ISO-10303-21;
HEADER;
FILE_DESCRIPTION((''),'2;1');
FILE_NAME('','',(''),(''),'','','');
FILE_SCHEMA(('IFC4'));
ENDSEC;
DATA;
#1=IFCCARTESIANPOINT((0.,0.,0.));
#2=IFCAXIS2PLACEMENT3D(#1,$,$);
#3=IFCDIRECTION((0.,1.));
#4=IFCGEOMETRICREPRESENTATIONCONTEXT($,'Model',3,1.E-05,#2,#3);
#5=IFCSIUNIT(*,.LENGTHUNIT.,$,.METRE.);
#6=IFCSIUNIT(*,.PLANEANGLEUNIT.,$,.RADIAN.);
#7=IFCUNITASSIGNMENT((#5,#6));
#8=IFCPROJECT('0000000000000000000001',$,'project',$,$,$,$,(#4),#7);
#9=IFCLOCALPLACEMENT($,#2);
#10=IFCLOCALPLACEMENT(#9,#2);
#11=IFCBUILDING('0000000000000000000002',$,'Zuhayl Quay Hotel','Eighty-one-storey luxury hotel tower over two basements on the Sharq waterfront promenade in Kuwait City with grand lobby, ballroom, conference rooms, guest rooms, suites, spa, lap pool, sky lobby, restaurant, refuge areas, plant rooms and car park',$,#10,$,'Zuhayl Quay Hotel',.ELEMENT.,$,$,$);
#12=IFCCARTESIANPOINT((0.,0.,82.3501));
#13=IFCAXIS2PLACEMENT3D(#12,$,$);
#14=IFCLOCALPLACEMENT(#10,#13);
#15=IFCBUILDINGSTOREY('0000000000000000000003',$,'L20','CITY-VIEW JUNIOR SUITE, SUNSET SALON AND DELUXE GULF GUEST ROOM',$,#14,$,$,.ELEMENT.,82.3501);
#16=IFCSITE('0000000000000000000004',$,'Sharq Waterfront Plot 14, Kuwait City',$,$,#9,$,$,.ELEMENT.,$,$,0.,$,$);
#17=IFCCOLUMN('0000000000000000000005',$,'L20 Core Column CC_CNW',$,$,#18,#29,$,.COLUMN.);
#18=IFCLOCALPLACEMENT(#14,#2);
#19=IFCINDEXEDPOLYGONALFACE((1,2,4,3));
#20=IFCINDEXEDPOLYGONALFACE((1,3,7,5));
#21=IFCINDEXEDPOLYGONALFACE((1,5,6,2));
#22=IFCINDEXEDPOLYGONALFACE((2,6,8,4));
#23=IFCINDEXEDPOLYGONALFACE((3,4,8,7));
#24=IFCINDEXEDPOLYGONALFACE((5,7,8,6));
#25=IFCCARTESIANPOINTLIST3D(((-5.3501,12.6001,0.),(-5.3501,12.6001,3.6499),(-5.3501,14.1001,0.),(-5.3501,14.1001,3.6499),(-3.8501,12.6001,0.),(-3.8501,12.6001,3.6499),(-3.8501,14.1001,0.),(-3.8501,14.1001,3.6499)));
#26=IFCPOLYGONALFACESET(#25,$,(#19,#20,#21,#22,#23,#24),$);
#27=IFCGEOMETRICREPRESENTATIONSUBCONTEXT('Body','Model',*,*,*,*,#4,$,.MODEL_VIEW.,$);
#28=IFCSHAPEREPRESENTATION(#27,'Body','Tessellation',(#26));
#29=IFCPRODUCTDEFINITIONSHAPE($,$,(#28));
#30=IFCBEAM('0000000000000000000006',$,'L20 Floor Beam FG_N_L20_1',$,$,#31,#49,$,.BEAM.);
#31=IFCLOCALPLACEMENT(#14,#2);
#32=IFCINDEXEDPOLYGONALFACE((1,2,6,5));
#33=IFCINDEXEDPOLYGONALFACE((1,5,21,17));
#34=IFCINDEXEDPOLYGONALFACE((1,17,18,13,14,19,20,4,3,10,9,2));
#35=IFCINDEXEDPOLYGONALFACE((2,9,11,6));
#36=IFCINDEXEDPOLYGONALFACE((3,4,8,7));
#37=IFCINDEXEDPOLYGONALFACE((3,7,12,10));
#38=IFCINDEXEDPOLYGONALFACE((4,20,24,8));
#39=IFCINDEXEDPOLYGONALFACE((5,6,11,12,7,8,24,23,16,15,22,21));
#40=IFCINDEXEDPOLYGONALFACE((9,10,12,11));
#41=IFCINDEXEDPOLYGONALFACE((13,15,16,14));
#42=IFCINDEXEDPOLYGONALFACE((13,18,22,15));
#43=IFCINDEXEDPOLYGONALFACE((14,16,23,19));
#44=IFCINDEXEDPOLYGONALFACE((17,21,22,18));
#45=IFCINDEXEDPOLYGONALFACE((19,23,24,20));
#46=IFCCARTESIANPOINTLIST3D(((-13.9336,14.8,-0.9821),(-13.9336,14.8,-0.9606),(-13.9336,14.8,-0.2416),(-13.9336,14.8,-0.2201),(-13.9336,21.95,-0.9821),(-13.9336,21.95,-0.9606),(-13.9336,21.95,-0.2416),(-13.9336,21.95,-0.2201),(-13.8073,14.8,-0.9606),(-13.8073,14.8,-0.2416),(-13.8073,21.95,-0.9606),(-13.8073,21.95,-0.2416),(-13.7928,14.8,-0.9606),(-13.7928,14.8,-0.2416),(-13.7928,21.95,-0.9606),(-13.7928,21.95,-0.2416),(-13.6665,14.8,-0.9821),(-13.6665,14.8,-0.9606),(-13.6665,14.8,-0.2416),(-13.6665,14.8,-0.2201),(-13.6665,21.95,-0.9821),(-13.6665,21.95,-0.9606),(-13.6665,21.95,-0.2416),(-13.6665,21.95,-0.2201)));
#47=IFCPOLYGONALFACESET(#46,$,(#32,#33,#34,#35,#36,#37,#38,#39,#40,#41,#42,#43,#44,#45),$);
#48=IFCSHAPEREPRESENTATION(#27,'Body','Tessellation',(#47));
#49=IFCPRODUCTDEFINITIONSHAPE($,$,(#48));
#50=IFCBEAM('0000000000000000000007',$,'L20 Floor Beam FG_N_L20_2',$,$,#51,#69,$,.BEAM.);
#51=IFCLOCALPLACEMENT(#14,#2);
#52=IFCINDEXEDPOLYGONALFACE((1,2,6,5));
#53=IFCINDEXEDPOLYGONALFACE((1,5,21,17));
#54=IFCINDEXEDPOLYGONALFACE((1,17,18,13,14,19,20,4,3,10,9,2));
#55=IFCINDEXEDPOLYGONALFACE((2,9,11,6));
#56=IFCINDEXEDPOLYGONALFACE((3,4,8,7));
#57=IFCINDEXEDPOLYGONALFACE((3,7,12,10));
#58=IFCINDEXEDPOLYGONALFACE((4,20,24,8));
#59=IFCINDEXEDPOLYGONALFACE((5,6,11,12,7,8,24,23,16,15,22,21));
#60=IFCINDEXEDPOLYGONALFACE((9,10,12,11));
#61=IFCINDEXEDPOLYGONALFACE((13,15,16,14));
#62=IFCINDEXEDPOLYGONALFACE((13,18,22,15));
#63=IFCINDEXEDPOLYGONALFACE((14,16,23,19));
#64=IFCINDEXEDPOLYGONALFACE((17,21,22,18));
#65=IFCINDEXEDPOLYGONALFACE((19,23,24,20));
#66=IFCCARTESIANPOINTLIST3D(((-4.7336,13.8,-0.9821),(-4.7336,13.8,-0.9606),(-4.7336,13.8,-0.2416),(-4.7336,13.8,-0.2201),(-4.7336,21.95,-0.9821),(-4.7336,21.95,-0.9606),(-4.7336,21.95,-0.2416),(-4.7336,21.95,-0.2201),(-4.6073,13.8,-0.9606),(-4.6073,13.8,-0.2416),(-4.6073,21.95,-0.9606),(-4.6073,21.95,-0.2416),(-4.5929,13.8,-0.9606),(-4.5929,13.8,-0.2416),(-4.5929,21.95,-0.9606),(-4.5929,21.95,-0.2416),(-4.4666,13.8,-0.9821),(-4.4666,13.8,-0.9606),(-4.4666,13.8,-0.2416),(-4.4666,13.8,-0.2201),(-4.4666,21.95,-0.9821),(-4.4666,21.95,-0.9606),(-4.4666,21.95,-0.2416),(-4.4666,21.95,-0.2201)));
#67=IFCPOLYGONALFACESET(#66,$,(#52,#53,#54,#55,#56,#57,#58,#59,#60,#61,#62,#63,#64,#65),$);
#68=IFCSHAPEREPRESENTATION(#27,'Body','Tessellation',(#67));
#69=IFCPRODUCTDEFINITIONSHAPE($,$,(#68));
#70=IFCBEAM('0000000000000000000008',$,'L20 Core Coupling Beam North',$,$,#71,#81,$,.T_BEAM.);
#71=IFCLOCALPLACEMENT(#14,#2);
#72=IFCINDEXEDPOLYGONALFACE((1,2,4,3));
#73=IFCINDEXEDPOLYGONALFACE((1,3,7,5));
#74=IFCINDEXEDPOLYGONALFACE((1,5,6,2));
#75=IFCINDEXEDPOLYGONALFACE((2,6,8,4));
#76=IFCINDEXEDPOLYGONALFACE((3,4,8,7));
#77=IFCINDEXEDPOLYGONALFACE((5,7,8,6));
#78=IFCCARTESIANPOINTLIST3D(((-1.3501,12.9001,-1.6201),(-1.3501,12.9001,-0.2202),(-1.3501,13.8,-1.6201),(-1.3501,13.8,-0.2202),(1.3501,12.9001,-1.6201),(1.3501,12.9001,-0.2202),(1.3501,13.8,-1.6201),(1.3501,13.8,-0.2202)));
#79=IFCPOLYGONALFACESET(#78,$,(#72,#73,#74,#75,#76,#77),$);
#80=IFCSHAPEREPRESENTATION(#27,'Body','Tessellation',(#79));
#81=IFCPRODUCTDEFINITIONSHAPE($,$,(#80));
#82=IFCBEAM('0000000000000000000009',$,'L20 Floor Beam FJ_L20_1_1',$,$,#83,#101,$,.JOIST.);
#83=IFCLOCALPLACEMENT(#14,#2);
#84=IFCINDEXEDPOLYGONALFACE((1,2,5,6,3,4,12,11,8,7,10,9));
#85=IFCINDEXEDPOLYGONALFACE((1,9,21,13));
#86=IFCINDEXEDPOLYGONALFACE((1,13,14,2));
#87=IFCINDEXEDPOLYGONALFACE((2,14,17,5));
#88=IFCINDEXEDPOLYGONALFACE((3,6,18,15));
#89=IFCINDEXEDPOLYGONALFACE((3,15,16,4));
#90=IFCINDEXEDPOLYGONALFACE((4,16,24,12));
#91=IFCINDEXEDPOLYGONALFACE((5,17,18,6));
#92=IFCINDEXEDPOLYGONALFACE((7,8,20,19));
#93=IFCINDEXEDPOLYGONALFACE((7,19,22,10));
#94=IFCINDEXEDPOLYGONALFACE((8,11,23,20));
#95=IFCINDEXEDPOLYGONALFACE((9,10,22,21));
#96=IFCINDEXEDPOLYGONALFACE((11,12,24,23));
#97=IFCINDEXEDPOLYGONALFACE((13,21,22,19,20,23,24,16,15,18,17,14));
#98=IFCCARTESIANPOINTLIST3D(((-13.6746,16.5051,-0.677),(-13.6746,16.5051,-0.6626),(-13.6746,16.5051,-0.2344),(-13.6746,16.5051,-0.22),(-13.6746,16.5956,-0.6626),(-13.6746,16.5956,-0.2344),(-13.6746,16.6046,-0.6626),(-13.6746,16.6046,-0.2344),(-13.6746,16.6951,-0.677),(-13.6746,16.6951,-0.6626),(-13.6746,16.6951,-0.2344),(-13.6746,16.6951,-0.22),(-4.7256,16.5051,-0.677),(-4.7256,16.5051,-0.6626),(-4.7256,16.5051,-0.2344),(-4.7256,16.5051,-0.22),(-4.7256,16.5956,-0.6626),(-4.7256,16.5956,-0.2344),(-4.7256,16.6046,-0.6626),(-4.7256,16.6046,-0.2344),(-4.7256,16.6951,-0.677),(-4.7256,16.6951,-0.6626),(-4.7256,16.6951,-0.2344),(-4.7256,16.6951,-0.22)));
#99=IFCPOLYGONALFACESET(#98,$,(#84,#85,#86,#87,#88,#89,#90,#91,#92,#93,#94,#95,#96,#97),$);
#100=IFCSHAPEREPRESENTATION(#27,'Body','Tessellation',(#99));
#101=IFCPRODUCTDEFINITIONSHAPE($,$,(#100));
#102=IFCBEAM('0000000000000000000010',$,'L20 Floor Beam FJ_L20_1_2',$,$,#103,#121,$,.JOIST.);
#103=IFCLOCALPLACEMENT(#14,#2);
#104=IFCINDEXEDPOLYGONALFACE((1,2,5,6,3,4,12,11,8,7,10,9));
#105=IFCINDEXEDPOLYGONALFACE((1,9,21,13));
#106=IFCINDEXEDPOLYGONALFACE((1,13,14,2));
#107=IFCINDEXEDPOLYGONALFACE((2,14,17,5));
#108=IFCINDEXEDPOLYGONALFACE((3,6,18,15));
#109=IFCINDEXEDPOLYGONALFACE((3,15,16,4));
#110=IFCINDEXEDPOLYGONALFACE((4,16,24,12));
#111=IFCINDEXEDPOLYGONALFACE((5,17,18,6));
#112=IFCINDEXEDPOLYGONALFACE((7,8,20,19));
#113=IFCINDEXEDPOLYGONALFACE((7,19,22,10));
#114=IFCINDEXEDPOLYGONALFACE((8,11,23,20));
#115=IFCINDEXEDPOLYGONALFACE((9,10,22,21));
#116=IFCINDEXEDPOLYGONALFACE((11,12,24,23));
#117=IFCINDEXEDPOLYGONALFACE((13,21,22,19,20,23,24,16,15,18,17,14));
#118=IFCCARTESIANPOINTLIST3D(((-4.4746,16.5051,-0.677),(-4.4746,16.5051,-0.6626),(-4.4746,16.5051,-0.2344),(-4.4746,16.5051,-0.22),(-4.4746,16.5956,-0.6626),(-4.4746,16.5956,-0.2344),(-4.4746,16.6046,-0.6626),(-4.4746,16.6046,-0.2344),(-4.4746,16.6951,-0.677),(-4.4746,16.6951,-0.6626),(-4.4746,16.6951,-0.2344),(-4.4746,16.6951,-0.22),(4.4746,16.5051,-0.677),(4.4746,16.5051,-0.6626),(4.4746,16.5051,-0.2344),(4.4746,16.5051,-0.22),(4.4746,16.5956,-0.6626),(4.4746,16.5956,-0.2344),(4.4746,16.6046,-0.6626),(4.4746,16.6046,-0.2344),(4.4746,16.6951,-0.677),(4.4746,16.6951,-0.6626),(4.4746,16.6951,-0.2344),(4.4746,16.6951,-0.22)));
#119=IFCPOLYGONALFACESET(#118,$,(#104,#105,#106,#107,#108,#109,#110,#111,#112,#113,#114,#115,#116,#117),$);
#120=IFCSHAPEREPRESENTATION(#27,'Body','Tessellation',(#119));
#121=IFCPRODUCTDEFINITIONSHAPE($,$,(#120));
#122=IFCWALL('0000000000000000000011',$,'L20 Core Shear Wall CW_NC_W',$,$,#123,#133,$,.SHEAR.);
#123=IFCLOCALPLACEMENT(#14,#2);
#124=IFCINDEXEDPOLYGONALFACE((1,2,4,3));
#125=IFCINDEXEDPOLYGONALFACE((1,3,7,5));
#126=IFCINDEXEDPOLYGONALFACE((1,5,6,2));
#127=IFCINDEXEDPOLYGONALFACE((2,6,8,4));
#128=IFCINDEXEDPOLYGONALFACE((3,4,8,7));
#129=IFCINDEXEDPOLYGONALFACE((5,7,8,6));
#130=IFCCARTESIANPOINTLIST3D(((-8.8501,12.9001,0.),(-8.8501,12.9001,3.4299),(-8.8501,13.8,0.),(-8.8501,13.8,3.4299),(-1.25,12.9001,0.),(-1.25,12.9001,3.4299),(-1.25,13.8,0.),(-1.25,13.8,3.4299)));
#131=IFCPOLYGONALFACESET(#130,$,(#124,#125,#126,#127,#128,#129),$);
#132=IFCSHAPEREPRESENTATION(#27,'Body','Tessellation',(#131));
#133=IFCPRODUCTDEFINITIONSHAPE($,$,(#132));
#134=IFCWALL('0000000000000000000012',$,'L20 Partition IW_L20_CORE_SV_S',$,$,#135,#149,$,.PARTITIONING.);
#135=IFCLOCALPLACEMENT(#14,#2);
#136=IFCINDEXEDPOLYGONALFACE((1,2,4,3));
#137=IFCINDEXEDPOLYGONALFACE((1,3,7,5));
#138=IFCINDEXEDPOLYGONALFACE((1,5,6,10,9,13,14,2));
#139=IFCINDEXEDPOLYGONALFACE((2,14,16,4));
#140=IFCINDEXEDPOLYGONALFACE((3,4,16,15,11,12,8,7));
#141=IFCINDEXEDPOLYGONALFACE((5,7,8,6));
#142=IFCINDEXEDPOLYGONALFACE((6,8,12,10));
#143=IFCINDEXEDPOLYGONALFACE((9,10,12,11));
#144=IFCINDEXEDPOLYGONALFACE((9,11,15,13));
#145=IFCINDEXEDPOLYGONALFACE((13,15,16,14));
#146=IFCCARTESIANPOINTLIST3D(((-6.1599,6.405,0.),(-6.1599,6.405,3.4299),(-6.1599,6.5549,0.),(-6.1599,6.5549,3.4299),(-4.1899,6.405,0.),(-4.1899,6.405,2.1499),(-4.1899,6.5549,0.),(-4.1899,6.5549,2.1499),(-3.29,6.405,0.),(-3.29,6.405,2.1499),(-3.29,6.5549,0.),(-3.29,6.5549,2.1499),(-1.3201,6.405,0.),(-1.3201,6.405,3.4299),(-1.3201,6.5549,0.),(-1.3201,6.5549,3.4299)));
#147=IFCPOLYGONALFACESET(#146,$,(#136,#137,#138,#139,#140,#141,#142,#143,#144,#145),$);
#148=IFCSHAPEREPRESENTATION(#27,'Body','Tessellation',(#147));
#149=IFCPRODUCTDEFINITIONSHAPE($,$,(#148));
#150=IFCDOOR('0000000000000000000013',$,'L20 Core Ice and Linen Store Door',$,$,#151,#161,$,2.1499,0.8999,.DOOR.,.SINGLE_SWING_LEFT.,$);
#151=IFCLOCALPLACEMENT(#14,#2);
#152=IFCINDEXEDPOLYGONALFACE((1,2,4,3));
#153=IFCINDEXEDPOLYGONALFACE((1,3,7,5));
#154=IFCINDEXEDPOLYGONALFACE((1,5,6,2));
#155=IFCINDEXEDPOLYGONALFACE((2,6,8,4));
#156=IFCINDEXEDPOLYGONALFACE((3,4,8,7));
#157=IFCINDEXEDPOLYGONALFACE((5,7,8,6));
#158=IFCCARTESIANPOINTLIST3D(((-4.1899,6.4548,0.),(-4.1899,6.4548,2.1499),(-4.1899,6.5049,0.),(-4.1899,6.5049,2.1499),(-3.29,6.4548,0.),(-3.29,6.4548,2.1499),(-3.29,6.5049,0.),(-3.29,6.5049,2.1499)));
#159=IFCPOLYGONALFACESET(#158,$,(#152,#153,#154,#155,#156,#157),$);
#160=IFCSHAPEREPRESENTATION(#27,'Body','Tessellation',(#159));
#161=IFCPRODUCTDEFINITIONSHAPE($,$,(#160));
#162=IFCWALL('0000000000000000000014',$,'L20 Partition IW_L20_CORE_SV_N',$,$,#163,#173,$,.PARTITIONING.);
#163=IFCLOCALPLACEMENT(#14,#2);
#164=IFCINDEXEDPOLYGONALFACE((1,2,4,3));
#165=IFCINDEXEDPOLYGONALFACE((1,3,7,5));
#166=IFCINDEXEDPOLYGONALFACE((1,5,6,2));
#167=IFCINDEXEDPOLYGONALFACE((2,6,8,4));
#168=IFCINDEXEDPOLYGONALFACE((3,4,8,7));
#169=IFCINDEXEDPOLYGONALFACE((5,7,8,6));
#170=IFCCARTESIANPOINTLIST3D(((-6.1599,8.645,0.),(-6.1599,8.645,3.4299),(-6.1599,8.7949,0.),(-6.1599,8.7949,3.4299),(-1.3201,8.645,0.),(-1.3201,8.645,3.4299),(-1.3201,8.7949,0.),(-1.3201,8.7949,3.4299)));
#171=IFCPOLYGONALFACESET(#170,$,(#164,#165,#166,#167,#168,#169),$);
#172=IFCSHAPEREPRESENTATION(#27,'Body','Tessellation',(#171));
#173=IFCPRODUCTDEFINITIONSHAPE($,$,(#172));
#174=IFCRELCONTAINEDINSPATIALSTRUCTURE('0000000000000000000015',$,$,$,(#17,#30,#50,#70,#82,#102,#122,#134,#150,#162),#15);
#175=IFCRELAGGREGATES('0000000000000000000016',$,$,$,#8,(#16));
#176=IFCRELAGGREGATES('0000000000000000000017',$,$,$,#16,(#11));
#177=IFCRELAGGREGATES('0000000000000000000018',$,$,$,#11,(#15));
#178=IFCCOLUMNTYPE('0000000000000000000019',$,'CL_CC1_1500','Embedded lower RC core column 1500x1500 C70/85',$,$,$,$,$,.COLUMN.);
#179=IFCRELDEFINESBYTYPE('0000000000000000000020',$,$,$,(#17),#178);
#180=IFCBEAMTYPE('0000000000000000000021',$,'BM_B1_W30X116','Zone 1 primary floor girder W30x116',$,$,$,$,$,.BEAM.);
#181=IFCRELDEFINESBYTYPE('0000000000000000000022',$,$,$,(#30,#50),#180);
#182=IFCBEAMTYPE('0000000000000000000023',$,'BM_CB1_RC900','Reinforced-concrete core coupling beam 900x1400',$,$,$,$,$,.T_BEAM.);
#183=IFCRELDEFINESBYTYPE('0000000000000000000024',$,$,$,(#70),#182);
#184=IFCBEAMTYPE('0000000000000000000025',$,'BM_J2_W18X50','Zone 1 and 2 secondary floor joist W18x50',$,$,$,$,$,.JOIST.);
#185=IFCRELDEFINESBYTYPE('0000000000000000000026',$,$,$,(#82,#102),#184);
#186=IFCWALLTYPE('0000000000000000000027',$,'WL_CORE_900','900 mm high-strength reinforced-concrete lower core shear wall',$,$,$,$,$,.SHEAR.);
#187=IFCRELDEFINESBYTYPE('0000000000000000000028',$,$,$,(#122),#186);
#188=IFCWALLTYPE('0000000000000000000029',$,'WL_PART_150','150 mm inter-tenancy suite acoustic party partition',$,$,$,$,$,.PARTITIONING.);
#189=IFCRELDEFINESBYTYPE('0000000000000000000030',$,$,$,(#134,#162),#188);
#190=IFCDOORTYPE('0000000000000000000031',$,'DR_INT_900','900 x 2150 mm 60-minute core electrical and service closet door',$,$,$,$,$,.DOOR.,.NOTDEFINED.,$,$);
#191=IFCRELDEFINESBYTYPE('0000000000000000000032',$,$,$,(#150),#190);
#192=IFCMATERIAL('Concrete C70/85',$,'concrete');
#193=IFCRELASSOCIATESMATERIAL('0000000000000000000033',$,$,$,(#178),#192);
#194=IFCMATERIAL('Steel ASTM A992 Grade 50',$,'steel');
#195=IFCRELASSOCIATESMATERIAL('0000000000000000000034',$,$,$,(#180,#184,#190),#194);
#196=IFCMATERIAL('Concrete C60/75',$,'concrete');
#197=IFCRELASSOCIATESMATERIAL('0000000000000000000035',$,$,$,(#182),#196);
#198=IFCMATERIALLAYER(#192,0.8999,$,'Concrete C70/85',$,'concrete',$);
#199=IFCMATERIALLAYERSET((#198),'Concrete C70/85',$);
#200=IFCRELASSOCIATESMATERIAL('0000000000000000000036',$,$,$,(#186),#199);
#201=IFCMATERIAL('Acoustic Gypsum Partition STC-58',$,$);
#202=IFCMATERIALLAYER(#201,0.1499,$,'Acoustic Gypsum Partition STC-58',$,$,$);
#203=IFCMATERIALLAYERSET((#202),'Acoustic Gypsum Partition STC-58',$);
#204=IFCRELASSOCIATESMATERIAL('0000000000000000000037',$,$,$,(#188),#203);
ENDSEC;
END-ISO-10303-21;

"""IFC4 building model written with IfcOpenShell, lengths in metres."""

from ifc_helpers import new_model, si_unit, direction, frame, frame_2d, origin, origin_2d, place, context, subcontext, project, spatial, rectangle, i_section, extrude, material, layer, layer_set, material_profile, profile_set, type_object, element, fill, save


model = new_model("IFC4")

# Units and contexts
model_context = context("Model", 3, precision=1e-05, world=origin(), true_north=direction((0.0, 1.0)))
body_context = subcontext(model_context, "Body", "Model", "MODEL_VIEW")
ifc_project = project(units=[si_unit("LENGTHUNIT", "METRE"), si_unit("PLANEANGLEUNIT", "RADIAN")], contexts=[model_context])

# Site, building, storey
site_placement = place(None, origin())
site = spatial("IfcSite", under=ifc_project, at=site_placement, Name="Sharq Waterfront Plot 14, Kuwait City", CompositionType="ELEMENT", RefElevation=0.0)
building_placement = place(site_placement, origin())
building = spatial("IfcBuilding", under=site, at=building_placement, Name="Zuhayl Quay Hotel", Description="Eighty-one-storey luxury hotel tower over two basements on the Sharq waterfront promenade in Kuwait City with grand lobby, ballroom, conference rooms, guest rooms, suites, spa, lap pool, sky lobby, restaurant, refuge areas, plant rooms and car park", LongName="Zuhayl Quay Hotel", CompositionType="ELEMENT")
storey_placement = place(building_placement, frame((0.0, 0.0, 82.3501)))
storey = spatial("IfcBuildingStorey", under=building, at=storey_placement, Name="L20", Description="CITY-VIEW JUNIOR SUITE, SUNSET SALON AND DELUXE GULF GUEST ROOM", CompositionType="ELEMENT", Elevation=82.3501)

# Column
ifc_material_1 = material(Name="Concrete C70/85", Category="concrete")
ifc_material_profile_1 = material_profile(ifc_material_1, rectangle(XDim=1.5, YDim=1.5, at=origin_2d()), Name="RC1500X1500")
ifc_profile_set_1 = profile_set([ifc_material_profile_1], Name="Concrete C70/85")
column_type = type_object("IfcColumnType", Name="CL_CC1_1500", Description="Embedded lower RC core column 1500x1500 C70/85", PredefinedType="COLUMN", material=ifc_profile_set_1)
column_placement = place(storey_placement, frame((-4.6001, 13.3501, 0.0), z_axis=(0.0, 0.0, 1.0), x_axis=(1.0, 0.0, 0.0)))
element("IfcColumn", 1, at=column_placement, inside=storey, type_object=column_type, Name="L20 Core Column CC_CNW", PredefinedType="COLUMN", context=body_context, shape_type="SweptSolid", body=[
    extrude(rectangle(XDim=1.5, YDim=1.5, at=origin_2d()), origin(), (0.0, 0.0, 1.0), 3.6499),
])

# Beams
ifc_material_2 = material(Name="Steel ASTM A992 Grade 50", Category="steel")
ifc_material_profile_2 = material_profile(ifc_material_2, i_section(OverallWidth=0.2671, OverallDepth=0.762, WebThickness=0.0144, FlangeThickness=0.0215, at=origin_2d()), Name="W30X116")
ifc_profile_set_2 = profile_set([ifc_material_profile_2], Name="Steel ASTM A992 Grade 50")
beam_type_1 = type_object("IfcBeamType", Name="BM_B1_W30X116", Description="Zone 1 primary floor girder W30x116", PredefinedType="BEAM", material=ifc_profile_set_2)
beam_1_placement = place(storey_placement, frame((-13.8, 14.8, -0.6011), z_axis=(0.0, 1.0, 0.0), x_axis=(-1.0, 0.0, 0.0)))
element("IfcBeam", 2, at=beam_1_placement, inside=storey, type_object=beam_type_1, Name="L20 Floor Beam FG_N_L20_1", PredefinedType="BEAM", context=body_context, shape_type="SweptSolid", body=[
    extrude(i_section(OverallWidth=0.2671, OverallDepth=0.762, WebThickness=0.0144, FlangeThickness=0.0215, at=origin_2d()), origin(), (0.0, 0.0, 1.0), 7.1499),
])
beam_2_placement = place(storey_placement, frame((-4.6001, 13.8, -0.6011), z_axis=(0.0, 1.0, 0.0), x_axis=(-1.0, 0.0, 0.0)))
element("IfcBeam", 3, at=beam_2_placement, inside=storey, type_object=beam_type_1, Name="L20 Floor Beam FG_N_L20_2", PredefinedType="BEAM", context=body_context, shape_type="SweptSolid", body=[
    extrude(i_section(OverallWidth=0.2671, OverallDepth=0.762, WebThickness=0.0144, FlangeThickness=0.0215, at=origin_2d()), origin(), (0.0, 0.0, 1.0), 8.1499),
])
ifc_material_3 = material(Name="Concrete C60/75", Category="concrete")
ifc_material_profile_3 = material_profile(ifc_material_3, rectangle(XDim=0.8999, YDim=1.3999, at=origin_2d()), Name="RC900X1400")
ifc_profile_set_3 = profile_set([ifc_material_profile_3], Name="Concrete C60/75")
beam_type_2 = type_object("IfcBeamType", Name="BM_CB1_RC900", Description="Reinforced-concrete core coupling beam 900x1400", PredefinedType="T_BEAM", material=ifc_profile_set_3)
beam_3_placement = place(storey_placement, frame((-1.3501, 13.3501, -0.9202), z_axis=(1.0, 0.0, 0.0), x_axis=(0.0, 1.0, 0.0)))
element("IfcBeam", 4, at=beam_3_placement, inside=storey, type_object=beam_type_2, Name="L20 Core Coupling Beam North", PredefinedType="T_BEAM", context=body_context, shape_type="SweptSolid", body=[
    extrude(rectangle(XDim=0.8999, YDim=1.3999, at=origin_2d()), origin(), (0.0, 0.0, 1.0), 2.7002),
])
ifc_material_profile_4 = material_profile(ifc_material_2, i_section(OverallWidth=0.1899, OverallDepth=0.457, WebThickness=0.009, FlangeThickness=0.0144, at=origin_2d()), Name="W18X50")
ifc_profile_set_4 = profile_set([ifc_material_profile_4], Name="Steel ASTM A992 Grade 50")
beam_type_3 = type_object("IfcBeamType", Name="BM_J2_W18X50", Description="Zone 1 and 2 secondary floor joist W18x50", PredefinedType="JOIST", material=ifc_profile_set_4)
beam_4_placement = place(storey_placement, frame((-13.6746, 16.6001, -0.4485), z_axis=(1.0, 0.0, 0.0), x_axis=(0.0, 1.0, 0.0)))
element("IfcBeam", 5, at=beam_4_placement, inside=storey, type_object=beam_type_3, Name="L20 Floor Beam FJ_L20_1_1", PredefinedType="JOIST", context=body_context, shape_type="SweptSolid", body=[
    extrude(i_section(OverallWidth=0.1899, OverallDepth=0.457, WebThickness=0.009, FlangeThickness=0.0144, at=origin_2d()), origin(), (0.0, 0.0, 1.0), 8.949),
])
beam_5_placement = place(storey_placement, frame((-4.4746, 16.6001, -0.4485), z_axis=(1.0, 0.0, 0.0), x_axis=(0.0, 1.0, 0.0)))
element("IfcBeam", 6, at=beam_5_placement, inside=storey, type_object=beam_type_3, Name="L20 Floor Beam FJ_L20_1_2", PredefinedType="JOIST", context=body_context, shape_type="SweptSolid", body=[
    extrude(i_section(OverallWidth=0.1899, OverallDepth=0.457, WebThickness=0.009, FlangeThickness=0.0144, at=origin_2d()), origin(), (0.0, 0.0, 1.0), 8.9492),
])

# Wall
ifc_layer_1 = layer(ifc_material_1, 0.8999, Name="Concrete C70/85", Category="concrete")
ifc_layer_set_1 = layer_set([ifc_layer_1], Name="Concrete C70/85")
wall_type_1 = type_object("IfcWallType", Name="WL_CORE_900", Description="900 mm high-strength reinforced-concrete lower core shear wall", PredefinedType="SHEAR", material=ifc_layer_set_1)
wall_1_placement = place(storey_placement, frame((-8.8501, 13.3501, 0.0), z_axis=(0.0, 0.0, 1.0), x_axis=(1.0, 0.0, 0.0)))
element("IfcWall", 7, at=wall_1_placement, inside=storey, type_object=wall_type_1, Name="L20 Core Shear Wall CW_NC_W", PredefinedType="SHEAR", context=body_context, shape_type="SweptSolid", body=[
    extrude(rectangle(XDim=7.6001, YDim=0.8999, at=frame_2d((3.8, 0.0))), origin(), (0.0, 0.0, 1.0), 3.4299),
])

# Wall, opening, door
ifc_material_4 = material(Name="Acoustic Gypsum Partition STC-58")
ifc_layer_2 = layer(ifc_material_4, 0.1499, Name="Acoustic Gypsum Partition STC-58")
ifc_layer_set_2 = layer_set([ifc_layer_2], Name="Acoustic Gypsum Partition STC-58")
wall_type_2 = type_object("IfcWallType", Name="WL_PART_150", Description="150 mm inter-tenancy suite acoustic party partition", PredefinedType="PARTITIONING", material=ifc_layer_set_2)
wall_2_placement = place(storey_placement, frame((-6.1599, 6.48, 0.0), z_axis=(0.0, 0.0, 1.0), x_axis=(1.0, 0.0, 0.0)))
wall_2 = element("IfcWall", 8, at=wall_2_placement, inside=storey, type_object=wall_type_2, Name="L20 Partition IW_L20_CORE_SV_S", PredefinedType="PARTITIONING", context=body_context, shape_type="SweptSolid", body=[
    extrude(rectangle(XDim=4.8398, YDim=0.1499, at=frame_2d((2.4199, 0.0))), origin(), (0.0, 0.0, 1.0), 3.4299),
])
opening_1_placement = place(wall_2_placement, frame((1.97, 0.0, 0.0)))
opening_1 = element("IfcOpeningElement", 9, at=opening_1_placement, cuts=wall_2, PredefinedType="OPENING", context=body_context, shape_type="SweptSolid", body=[
    extrude(rectangle(XDim=0.8999, YDim=2.1499, at=frame_2d((0.45, 1.075))), frame((0.0, 0.085, 0.0), z_axis=(0.0, -1.0, 0.0), x_axis=(1.0, 0.0, 0.0)), (0.0, 0.0, 1.0), 0.1699),
])
door_type_1 = type_object("IfcDoorType", Name="DR_INT_900", Description="900 x 2150 mm 60-minute core electrical and service closet door", OperationType="NOTDEFINED", PredefinedType="DOOR", material=ifc_material_2)
door_1_placement = place(opening_1_placement, origin())
door_1 = element("IfcDoor", 10, at=door_1_placement, inside=storey, type_object=door_type_1, Name="L20 Core Ice and Linen Store Door", OperationType="SINGLE_SWING_LEFT", OverallHeight=2.1499, OverallWidth=0.8999, PredefinedType="DOOR", context=body_context, shape_type="SweptSolid", body=[
    extrude(rectangle(XDim=0.8999, YDim=2.1499, at=frame_2d((0.45, 1.075))), frame((0.0, 0.0249, 0.0), z_axis=(0.0, -1.0, 0.0), x_axis=(1.0, 0.0, 0.0)), (0.0, 0.0, 1.0), 0.05),
])
fill(opening_1, door_1)

# Wall
wall_3_placement = place(storey_placement, frame((-6.1599, 8.72, 0.0), z_axis=(0.0, 0.0, 1.0), x_axis=(1.0, 0.0, 0.0)))
element("IfcWall", 11, at=wall_3_placement, inside=storey, type_object=wall_type_2, Name="L20 Partition IW_L20_CORE_SV_N", PredefinedType="PARTITIONING", context=body_context, shape_type="SweptSolid", body=[
    extrude(rectangle(XDim=4.8398, YDim=0.1499, at=frame_2d((2.4199, 0.0))), origin(), (0.0, 0.0, 1.0), 3.4299),
])

save(model, "model.ifc")
